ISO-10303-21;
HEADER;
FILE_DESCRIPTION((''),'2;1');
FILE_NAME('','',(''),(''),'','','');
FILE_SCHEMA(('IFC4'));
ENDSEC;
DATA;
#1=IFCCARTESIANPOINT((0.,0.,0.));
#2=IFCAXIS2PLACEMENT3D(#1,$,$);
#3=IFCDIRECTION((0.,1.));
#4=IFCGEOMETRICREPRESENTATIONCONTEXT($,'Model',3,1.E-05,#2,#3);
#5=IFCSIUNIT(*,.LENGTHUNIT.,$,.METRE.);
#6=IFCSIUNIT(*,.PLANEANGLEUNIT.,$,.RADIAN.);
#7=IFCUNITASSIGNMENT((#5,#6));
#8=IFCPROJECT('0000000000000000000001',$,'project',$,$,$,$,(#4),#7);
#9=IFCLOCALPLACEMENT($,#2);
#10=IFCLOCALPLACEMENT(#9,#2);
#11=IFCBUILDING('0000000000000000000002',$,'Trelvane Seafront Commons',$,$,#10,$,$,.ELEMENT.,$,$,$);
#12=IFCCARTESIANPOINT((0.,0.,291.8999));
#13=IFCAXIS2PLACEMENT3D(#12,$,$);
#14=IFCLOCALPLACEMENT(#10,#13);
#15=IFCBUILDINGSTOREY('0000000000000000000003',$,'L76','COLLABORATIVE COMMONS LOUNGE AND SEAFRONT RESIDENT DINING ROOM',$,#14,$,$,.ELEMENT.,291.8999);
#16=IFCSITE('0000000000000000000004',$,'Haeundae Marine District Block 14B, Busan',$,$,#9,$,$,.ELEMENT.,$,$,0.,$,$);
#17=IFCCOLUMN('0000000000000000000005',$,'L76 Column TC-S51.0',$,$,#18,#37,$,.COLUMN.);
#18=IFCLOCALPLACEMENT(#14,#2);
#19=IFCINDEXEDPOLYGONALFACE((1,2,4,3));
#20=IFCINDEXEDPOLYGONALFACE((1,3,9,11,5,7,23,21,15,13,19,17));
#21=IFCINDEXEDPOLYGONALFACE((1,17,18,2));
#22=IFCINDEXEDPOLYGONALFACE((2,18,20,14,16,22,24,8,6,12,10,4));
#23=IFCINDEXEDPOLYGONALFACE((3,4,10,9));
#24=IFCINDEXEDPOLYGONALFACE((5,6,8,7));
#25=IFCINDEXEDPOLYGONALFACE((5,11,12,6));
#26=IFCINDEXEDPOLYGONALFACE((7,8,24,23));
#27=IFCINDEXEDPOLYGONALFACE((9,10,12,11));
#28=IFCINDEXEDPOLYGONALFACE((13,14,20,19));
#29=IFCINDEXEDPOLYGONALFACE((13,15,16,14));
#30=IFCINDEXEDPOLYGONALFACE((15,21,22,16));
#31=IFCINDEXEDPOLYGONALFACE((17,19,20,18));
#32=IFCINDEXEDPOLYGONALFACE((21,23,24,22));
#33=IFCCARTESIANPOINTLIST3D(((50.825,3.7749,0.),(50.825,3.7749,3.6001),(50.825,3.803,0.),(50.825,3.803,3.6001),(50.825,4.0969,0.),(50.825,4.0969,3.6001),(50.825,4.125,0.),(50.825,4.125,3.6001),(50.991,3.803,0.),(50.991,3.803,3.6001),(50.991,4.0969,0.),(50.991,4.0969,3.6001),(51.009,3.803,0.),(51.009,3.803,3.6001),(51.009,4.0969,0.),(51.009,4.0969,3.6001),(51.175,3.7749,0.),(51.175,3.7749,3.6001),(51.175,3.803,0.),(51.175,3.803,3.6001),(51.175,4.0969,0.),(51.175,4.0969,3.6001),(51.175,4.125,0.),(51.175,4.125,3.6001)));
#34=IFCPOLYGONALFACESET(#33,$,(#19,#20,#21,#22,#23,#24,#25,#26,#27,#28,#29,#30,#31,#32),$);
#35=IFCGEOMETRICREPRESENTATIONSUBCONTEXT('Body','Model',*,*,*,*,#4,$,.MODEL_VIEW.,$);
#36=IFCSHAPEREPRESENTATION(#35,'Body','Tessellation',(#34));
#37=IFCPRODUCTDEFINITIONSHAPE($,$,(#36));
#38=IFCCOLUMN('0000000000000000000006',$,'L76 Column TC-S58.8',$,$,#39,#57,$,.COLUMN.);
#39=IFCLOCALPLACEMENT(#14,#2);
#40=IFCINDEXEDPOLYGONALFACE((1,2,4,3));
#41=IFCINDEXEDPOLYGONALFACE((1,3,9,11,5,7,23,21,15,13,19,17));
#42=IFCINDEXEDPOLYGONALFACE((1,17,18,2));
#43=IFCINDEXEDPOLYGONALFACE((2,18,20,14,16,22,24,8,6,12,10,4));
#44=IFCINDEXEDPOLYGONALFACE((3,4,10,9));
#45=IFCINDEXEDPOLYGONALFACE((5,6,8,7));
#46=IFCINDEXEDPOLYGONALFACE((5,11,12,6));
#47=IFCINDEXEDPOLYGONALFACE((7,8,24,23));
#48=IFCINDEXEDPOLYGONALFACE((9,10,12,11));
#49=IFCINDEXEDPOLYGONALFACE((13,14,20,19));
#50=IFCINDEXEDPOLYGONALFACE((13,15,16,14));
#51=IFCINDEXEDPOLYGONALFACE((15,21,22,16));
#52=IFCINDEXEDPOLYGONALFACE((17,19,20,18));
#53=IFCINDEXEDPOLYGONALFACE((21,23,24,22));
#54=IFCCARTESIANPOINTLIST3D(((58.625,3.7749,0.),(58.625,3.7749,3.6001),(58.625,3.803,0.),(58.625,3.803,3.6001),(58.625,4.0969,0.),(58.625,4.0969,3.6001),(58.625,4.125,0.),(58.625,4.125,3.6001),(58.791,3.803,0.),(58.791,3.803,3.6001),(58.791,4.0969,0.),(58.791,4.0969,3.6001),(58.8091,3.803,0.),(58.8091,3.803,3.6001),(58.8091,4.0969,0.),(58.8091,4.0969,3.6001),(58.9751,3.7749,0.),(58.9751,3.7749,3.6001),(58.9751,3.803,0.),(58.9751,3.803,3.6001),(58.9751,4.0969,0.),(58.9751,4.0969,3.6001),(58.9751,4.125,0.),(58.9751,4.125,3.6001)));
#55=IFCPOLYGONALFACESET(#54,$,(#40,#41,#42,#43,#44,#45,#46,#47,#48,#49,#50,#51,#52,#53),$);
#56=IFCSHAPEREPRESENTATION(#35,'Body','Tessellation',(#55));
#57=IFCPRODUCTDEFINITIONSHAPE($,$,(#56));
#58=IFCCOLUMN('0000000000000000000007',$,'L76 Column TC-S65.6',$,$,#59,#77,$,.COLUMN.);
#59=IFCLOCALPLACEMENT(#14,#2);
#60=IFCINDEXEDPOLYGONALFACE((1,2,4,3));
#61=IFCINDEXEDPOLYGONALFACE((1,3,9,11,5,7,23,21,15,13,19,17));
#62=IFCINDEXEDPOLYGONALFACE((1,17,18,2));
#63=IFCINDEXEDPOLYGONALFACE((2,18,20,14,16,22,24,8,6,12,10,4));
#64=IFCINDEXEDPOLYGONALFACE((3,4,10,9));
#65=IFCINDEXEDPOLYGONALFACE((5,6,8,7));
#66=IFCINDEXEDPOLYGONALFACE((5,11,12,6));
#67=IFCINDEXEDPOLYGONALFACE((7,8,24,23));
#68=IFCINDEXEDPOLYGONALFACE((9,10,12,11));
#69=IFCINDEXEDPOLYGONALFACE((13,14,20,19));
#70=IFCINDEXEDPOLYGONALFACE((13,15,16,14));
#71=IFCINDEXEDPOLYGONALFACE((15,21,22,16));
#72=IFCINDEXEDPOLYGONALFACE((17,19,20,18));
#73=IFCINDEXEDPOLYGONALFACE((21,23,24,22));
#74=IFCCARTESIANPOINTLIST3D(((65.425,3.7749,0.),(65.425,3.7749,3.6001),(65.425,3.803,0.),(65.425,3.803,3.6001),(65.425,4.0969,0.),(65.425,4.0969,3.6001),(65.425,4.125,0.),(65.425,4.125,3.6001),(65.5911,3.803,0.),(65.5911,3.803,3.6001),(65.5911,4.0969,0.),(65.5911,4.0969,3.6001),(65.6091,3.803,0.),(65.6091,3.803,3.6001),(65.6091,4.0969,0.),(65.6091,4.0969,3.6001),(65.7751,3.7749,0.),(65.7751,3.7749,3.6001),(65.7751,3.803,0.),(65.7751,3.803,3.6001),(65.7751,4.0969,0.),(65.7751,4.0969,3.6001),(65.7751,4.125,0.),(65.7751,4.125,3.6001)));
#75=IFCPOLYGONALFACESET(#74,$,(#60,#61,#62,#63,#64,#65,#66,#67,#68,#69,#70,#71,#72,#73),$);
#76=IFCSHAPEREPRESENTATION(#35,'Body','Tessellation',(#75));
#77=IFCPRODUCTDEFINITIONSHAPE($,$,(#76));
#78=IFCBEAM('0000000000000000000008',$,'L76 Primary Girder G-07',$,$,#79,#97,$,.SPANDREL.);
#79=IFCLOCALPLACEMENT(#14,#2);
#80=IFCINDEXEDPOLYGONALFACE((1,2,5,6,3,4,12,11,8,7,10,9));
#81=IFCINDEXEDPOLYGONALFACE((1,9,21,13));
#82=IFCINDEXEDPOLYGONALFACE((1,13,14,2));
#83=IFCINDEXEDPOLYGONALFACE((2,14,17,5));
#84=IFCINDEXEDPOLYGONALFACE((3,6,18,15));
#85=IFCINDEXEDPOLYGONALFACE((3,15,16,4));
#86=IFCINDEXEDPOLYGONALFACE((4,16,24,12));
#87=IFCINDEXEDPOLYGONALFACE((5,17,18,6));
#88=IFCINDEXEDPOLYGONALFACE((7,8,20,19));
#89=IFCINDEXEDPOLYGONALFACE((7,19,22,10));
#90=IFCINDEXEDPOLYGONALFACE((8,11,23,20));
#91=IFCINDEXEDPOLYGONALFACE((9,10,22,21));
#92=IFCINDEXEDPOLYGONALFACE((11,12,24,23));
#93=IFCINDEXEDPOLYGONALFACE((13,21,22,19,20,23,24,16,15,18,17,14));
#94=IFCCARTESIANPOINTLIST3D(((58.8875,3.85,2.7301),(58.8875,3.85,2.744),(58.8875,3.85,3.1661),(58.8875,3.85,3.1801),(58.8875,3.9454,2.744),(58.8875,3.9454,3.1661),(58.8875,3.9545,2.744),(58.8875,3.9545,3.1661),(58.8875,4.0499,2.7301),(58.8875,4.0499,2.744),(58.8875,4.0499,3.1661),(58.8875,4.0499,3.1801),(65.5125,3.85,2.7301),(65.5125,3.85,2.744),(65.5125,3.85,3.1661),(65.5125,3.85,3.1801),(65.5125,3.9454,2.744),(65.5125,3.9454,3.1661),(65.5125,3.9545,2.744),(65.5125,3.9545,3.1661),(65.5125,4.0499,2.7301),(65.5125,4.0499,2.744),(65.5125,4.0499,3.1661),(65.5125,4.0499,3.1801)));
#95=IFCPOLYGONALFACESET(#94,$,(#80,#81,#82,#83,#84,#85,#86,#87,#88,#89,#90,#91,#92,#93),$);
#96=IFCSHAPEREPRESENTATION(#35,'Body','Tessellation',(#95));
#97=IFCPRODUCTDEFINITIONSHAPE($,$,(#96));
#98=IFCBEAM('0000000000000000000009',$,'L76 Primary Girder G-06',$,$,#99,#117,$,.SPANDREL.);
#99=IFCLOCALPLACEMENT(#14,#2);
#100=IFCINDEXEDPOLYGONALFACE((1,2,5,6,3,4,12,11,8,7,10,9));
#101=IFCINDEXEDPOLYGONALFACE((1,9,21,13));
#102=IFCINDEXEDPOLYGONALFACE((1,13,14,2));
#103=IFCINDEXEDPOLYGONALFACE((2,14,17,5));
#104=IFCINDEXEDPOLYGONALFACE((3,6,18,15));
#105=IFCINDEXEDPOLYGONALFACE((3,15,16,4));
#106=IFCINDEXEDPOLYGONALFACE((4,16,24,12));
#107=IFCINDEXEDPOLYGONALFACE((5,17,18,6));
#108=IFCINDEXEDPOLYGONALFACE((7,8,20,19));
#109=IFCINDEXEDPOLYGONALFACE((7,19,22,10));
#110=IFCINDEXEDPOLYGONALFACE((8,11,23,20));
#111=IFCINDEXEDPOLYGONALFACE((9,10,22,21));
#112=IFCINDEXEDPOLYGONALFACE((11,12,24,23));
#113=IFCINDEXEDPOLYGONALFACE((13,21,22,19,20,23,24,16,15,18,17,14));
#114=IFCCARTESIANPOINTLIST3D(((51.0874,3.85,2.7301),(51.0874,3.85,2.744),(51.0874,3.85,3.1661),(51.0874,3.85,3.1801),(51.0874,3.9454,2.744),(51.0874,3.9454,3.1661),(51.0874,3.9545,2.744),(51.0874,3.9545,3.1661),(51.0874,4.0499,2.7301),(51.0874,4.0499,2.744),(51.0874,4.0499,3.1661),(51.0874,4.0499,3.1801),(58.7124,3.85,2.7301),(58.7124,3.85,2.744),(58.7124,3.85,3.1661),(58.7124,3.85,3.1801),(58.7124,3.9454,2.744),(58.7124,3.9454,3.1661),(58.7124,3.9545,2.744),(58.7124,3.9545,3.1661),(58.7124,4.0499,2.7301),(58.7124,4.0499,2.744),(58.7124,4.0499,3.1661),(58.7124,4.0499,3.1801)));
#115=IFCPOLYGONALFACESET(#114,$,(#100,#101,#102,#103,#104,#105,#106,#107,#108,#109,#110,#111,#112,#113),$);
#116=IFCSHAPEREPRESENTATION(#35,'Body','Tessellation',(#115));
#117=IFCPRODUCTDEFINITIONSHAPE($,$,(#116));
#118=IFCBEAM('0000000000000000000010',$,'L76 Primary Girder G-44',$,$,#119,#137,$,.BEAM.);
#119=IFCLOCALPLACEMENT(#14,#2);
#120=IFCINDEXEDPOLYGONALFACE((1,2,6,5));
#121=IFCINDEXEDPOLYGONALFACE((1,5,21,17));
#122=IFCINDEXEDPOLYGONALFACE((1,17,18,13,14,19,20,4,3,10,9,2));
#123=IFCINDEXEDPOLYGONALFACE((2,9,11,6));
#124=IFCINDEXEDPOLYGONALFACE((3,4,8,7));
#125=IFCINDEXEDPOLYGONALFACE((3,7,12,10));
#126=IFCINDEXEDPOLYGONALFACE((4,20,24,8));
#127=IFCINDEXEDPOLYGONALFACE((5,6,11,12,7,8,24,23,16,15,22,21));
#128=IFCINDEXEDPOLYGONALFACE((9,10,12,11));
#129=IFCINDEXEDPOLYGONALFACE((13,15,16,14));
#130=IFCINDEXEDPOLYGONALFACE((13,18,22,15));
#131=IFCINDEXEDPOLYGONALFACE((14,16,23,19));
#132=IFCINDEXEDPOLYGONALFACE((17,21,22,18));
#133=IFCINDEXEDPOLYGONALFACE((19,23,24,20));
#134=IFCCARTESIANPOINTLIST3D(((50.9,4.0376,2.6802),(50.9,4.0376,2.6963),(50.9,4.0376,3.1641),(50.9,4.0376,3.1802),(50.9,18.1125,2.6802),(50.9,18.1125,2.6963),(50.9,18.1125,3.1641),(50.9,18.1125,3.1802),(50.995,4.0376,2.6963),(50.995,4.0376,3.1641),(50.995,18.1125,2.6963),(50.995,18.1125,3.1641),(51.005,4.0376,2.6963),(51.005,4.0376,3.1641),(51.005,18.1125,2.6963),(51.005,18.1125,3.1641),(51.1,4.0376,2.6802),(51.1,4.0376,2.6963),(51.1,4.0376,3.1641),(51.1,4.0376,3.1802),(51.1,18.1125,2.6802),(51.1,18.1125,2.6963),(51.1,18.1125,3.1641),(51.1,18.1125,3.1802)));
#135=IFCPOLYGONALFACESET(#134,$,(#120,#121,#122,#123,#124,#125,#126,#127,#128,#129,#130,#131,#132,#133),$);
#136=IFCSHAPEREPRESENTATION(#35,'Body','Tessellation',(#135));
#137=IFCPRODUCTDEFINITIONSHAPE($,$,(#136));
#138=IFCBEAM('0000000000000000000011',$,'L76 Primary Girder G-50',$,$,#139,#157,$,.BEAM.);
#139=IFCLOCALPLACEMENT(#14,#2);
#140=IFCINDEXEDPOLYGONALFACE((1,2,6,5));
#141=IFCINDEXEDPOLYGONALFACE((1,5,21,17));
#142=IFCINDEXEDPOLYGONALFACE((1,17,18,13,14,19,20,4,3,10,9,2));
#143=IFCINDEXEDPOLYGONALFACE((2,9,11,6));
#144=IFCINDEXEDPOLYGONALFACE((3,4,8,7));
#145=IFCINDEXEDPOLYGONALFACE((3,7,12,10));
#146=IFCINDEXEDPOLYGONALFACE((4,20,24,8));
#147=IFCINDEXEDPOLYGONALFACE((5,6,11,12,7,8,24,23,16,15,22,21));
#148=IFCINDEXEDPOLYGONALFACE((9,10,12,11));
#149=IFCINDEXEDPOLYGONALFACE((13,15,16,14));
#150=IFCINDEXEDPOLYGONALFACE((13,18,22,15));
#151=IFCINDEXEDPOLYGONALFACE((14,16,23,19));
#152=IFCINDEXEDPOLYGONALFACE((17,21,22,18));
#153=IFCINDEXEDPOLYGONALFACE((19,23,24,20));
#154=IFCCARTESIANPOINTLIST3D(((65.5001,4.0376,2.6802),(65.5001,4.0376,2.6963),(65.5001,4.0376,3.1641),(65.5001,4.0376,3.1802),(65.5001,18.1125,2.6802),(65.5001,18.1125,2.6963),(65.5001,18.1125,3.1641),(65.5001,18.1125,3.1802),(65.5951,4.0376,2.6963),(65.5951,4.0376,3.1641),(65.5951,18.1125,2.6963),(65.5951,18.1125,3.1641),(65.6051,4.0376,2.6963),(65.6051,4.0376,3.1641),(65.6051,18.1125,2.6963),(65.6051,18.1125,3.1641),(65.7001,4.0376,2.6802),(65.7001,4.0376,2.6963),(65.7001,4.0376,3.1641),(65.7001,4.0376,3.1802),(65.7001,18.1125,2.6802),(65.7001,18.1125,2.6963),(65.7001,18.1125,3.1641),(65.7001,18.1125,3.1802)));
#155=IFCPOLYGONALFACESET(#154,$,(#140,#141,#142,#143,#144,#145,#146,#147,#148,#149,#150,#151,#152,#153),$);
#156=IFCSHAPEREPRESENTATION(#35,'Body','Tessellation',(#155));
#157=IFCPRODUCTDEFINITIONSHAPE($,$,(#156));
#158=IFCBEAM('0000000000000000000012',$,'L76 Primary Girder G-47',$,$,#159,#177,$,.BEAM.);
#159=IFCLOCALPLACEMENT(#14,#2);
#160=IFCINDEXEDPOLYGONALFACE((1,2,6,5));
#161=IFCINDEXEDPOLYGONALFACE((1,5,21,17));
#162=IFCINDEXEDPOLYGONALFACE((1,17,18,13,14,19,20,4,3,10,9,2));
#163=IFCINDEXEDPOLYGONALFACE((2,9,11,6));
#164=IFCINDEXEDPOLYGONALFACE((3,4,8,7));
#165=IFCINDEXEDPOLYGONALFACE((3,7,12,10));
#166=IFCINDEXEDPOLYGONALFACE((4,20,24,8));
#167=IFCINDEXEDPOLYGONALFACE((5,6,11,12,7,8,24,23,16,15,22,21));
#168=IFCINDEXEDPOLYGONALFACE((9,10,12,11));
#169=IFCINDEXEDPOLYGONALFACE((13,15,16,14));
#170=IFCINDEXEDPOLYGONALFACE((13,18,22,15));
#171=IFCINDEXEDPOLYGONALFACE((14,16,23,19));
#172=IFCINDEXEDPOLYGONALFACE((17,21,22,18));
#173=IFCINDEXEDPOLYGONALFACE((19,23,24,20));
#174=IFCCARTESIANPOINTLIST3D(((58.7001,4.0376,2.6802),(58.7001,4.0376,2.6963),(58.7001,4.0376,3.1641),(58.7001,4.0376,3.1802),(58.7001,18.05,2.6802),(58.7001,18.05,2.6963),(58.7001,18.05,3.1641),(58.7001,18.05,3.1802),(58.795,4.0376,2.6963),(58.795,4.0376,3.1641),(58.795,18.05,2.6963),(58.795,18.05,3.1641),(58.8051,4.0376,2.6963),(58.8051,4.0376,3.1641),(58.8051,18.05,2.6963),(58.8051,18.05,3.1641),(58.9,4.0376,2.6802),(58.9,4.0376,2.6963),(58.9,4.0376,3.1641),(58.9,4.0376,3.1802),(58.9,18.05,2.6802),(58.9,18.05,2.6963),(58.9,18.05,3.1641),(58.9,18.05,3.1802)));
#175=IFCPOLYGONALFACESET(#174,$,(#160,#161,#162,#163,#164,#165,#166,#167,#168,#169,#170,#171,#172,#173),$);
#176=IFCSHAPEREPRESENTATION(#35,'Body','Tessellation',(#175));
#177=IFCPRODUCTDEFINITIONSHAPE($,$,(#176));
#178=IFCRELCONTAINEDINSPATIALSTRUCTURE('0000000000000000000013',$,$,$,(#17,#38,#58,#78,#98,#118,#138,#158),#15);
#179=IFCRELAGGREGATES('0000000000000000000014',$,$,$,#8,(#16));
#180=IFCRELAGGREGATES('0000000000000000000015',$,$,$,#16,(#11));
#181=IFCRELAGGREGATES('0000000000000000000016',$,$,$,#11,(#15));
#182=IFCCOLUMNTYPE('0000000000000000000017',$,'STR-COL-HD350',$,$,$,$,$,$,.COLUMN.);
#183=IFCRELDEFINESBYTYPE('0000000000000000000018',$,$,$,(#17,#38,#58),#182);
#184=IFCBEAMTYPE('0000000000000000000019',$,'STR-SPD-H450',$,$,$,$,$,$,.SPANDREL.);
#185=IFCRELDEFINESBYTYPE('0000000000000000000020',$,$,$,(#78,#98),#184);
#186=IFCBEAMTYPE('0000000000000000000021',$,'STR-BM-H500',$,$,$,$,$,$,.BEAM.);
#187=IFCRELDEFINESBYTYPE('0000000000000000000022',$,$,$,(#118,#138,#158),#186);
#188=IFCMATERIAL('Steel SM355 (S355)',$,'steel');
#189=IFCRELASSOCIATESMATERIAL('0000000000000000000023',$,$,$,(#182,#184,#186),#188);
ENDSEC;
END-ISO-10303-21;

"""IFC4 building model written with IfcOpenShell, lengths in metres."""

from ifc_helpers import new_model, si_unit, direction, frame, origin, origin_2d, place, context, subcontext, project, spatial, i_section, extrude, source, transform, mapped, material, material_profile, profile_set, type_object, element, save


model = new_model("IFC4")

# Units and contexts
model_context = context("Model", 3, precision=1e-05, world=origin(), true_north=direction((0.0, 1.0)))
body_context = subcontext(model_context, "Body", "Model", "MODEL_VIEW")
ifc_project = project(units=[si_unit("LENGTHUNIT", "METRE"), si_unit("PLANEANGLEUNIT", "RADIAN")], contexts=[model_context])

# Site, building, storey
site_placement = place(None, origin())
site = spatial("IfcSite", under=ifc_project, at=site_placement, Name="Haeundae Marine District Block 14B, Busan", CompositionType="ELEMENT", RefElevation=0.0)
building_placement = place(site_placement, origin())
building = spatial("IfcBuilding", under=site, at=building_placement, Name="Trelvane Seafront Commons", CompositionType="ELEMENT")
storey_placement = place(building_placement, frame((0.0, 0.0, 291.8999)))
storey = spatial("IfcBuildingStorey", under=building, at=storey_placement, Name="L76", Description="COLLABORATIVE COMMONS LOUNGE AND SEAFRONT RESIDENT DINING ROOM", CompositionType="ELEMENT", Elevation=291.8999)

# Columns
ifc_material_1 = material(Name="Steel SM355 (S355)", Category="steel")
ifc_material_profile_1 = material_profile(ifc_material_1, i_section(OverallWidth=0.3501, OverallDepth=0.3501, WebThickness=0.0181, FlangeThickness=0.0281, at=origin_2d()), Name="HD-350x350x18x28")
ifc_profile_set_1 = profile_set([ifc_material_profile_1], Name="Steel SM355 (S355)")
column_type = type_object("IfcColumnType", Name="STR-COL-HD350", PredefinedType="COLUMN", material=ifc_profile_set_1)
shared_shape_1 = source(origin(), body_context, "Body", "SweptSolid", [
    extrude(i_section(OverallWidth=0.3501, OverallDepth=0.3501, WebThickness=0.0181, FlangeThickness=0.0281, at=origin_2d()), origin(), (0.0, 0.0, 1.0), 3.6001),
])
for number, where, z_axis, x_axis, name in (
    (1, (51.0, 3.95, 0.0), (0.0, 0.0, 1.0), (1.0, 0.0, 0.0), "L76 Column TC-S51.0"),
    (2, (58.8, 3.95, 0.0), (0.0, 0.0, 1.0), (1.0, 0.0, 0.0), "L76 Column TC-S58.8"),
    (3, (65.6001, 3.95, 0.0), (0.0, 0.0, 1.0), (1.0, 0.0, 0.0), "L76 Column TC-S65.6"),
):
    element("IfcColumn", number, at=place(storey_placement, frame(where, z_axis=z_axis, x_axis=x_axis)), inside=storey, type_object=column_type, Name=name, PredefinedType="COLUMN", context=body_context, shape_type="MappedRepresentation", body=[
        mapped(shared_shape_1, transform((0.0, 0.0, 0.0), x_axis=(1.0, 0.0, 0.0), y_axis=(0.0, 1.0, 0.0), z_axis=(0.0, 0.0, 1.0), scale=1.0)),
    ])

# Beams
ifc_material_profile_2 = material_profile(ifc_material_1, i_section(OverallWidth=0.2, OverallDepth=0.45, WebThickness=0.009, FlangeThickness=0.0139, at=origin_2d()), Name="H-450x200x9x14")
ifc_profile_set_2 = profile_set([ifc_material_profile_2], Name="Steel SM355 (S355)")
beam_type_1 = type_object("IfcBeamType", Name="STR-SPD-H450", PredefinedType="SPANDREL", material=ifc_profile_set_2)
shared_shape_2 = source(origin(), body_context, "Body", "SweptSolid", [
    extrude(i_section(OverallWidth=0.2, OverallDepth=0.45, WebThickness=0.009, FlangeThickness=0.0139, at=origin_2d()), origin(), (0.0, 0.0, 1.0), 6.625),
])
beam_1_placement = place(storey_placement, frame((58.8875, 3.95, 2.9551), z_axis=(1.0, 0.0, 0.0), x_axis=(0.0, 1.0, 0.0)))
element("IfcBeam", 4, at=beam_1_placement, inside=storey, type_object=beam_type_1, Name="L76 Primary Girder G-07", PredefinedType="SPANDREL", context=body_context, shape_type="MappedRepresentation", body=[
    mapped(shared_shape_2, transform((0.0, 0.0, 0.0), x_axis=(1.0, 0.0, 0.0), y_axis=(0.0, 1.0, 0.0), z_axis=(0.0, 0.0, 1.0), scale=1.0)),
])
shared_shape_3 = source(origin(), body_context, "Body", "SweptSolid", [
    extrude(i_section(OverallWidth=0.2, OverallDepth=0.45, WebThickness=0.009, FlangeThickness=0.0139, at=origin_2d()), origin(), (0.0, 0.0, 1.0), 7.625),
])
beam_2_placement = place(storey_placement, frame((51.0874, 3.95, 2.9551), z_axis=(1.0, 0.0, 0.0), x_axis=(0.0, 1.0, 0.0)))
element("IfcBeam", 5, at=beam_2_placement, inside=storey, type_object=beam_type_1, Name="L76 Primary Girder G-06", PredefinedType="SPANDREL", context=body_context, shape_type="MappedRepresentation", body=[
    mapped(shared_shape_3, transform((0.0, 0.0, 0.0), x_axis=(1.0, 0.0, 0.0), y_axis=(0.0, 1.0, 0.0), z_axis=(0.0, 0.0, 1.0), scale=1.0)),
])
ifc_material_profile_3 = material_profile(ifc_material_1, i_section(OverallWidth=0.2, OverallDepth=0.5, WebThickness=0.01, FlangeThickness=0.0161, at=origin_2d()), Name="H-500x200x10x16")
ifc_profile_set_3 = profile_set([ifc_material_profile_3], Name="Steel SM355 (S355)")
beam_type_2 = type_object("IfcBeamType", Name="STR-BM-H500", PredefinedType="BEAM", material=ifc_profile_set_3)
shared_shape_4 = source(origin(), body_context, "Body", "SweptSolid", [
    extrude(i_section(OverallWidth=0.2, OverallDepth=0.5, WebThickness=0.01, FlangeThickness=0.0161, at=origin_2d()), origin(), (0.0, 0.0, 1.0), 14.075),
])
for number, where, z_axis, x_axis, name in (
    (6, (51.0, 4.0376, 2.9302), (0.0, 1.0, 0.0), (-1.0, 0.0, 0.0), "L76 Primary Girder G-44"),
    (7, (65.6001, 4.0376, 2.9302), (0.0, 1.0, 0.0), (-1.0, 0.0, 0.0), "L76 Primary Girder G-50"),
):
    element("IfcBeam", number, at=place(storey_placement, frame(where, z_axis=z_axis, x_axis=x_axis)), inside=storey, type_object=beam_type_2, Name=name, PredefinedType="BEAM", context=body_context, shape_type="MappedRepresentation", body=[
        mapped(shared_shape_4, transform((0.0, 0.0, 0.0), x_axis=(1.0, 0.0, 0.0), y_axis=(0.0, 1.0, 0.0), z_axis=(0.0, 0.0, 1.0), scale=1.0)),
    ])
shared_shape_5 = source(origin(), body_context, "Body", "SweptSolid", [
    extrude(i_section(OverallWidth=0.2, OverallDepth=0.5, WebThickness=0.01, FlangeThickness=0.0161, at=origin_2d()), origin(), (0.0, 0.0, 1.0), 14.0125),
])
beam_3_placement = place(storey_placement, frame((58.8, 4.0376, 2.9302), z_axis=(0.0, 1.0, 0.0), x_axis=(-1.0, 0.0, 0.0)))
element("IfcBeam", 8, at=beam_3_placement, inside=storey, type_object=beam_type_2, Name="L76 Primary Girder G-47", PredefinedType="BEAM", context=body_context, shape_type="MappedRepresentation", body=[
    mapped(shared_shape_5, transform((0.0, 0.0, 0.0), x_axis=(1.0, 0.0, 0.0), y_axis=(0.0, 1.0, 0.0), z_axis=(0.0, 0.0, 1.0), scale=1.0)),
])

save(model, "model.ifc")
